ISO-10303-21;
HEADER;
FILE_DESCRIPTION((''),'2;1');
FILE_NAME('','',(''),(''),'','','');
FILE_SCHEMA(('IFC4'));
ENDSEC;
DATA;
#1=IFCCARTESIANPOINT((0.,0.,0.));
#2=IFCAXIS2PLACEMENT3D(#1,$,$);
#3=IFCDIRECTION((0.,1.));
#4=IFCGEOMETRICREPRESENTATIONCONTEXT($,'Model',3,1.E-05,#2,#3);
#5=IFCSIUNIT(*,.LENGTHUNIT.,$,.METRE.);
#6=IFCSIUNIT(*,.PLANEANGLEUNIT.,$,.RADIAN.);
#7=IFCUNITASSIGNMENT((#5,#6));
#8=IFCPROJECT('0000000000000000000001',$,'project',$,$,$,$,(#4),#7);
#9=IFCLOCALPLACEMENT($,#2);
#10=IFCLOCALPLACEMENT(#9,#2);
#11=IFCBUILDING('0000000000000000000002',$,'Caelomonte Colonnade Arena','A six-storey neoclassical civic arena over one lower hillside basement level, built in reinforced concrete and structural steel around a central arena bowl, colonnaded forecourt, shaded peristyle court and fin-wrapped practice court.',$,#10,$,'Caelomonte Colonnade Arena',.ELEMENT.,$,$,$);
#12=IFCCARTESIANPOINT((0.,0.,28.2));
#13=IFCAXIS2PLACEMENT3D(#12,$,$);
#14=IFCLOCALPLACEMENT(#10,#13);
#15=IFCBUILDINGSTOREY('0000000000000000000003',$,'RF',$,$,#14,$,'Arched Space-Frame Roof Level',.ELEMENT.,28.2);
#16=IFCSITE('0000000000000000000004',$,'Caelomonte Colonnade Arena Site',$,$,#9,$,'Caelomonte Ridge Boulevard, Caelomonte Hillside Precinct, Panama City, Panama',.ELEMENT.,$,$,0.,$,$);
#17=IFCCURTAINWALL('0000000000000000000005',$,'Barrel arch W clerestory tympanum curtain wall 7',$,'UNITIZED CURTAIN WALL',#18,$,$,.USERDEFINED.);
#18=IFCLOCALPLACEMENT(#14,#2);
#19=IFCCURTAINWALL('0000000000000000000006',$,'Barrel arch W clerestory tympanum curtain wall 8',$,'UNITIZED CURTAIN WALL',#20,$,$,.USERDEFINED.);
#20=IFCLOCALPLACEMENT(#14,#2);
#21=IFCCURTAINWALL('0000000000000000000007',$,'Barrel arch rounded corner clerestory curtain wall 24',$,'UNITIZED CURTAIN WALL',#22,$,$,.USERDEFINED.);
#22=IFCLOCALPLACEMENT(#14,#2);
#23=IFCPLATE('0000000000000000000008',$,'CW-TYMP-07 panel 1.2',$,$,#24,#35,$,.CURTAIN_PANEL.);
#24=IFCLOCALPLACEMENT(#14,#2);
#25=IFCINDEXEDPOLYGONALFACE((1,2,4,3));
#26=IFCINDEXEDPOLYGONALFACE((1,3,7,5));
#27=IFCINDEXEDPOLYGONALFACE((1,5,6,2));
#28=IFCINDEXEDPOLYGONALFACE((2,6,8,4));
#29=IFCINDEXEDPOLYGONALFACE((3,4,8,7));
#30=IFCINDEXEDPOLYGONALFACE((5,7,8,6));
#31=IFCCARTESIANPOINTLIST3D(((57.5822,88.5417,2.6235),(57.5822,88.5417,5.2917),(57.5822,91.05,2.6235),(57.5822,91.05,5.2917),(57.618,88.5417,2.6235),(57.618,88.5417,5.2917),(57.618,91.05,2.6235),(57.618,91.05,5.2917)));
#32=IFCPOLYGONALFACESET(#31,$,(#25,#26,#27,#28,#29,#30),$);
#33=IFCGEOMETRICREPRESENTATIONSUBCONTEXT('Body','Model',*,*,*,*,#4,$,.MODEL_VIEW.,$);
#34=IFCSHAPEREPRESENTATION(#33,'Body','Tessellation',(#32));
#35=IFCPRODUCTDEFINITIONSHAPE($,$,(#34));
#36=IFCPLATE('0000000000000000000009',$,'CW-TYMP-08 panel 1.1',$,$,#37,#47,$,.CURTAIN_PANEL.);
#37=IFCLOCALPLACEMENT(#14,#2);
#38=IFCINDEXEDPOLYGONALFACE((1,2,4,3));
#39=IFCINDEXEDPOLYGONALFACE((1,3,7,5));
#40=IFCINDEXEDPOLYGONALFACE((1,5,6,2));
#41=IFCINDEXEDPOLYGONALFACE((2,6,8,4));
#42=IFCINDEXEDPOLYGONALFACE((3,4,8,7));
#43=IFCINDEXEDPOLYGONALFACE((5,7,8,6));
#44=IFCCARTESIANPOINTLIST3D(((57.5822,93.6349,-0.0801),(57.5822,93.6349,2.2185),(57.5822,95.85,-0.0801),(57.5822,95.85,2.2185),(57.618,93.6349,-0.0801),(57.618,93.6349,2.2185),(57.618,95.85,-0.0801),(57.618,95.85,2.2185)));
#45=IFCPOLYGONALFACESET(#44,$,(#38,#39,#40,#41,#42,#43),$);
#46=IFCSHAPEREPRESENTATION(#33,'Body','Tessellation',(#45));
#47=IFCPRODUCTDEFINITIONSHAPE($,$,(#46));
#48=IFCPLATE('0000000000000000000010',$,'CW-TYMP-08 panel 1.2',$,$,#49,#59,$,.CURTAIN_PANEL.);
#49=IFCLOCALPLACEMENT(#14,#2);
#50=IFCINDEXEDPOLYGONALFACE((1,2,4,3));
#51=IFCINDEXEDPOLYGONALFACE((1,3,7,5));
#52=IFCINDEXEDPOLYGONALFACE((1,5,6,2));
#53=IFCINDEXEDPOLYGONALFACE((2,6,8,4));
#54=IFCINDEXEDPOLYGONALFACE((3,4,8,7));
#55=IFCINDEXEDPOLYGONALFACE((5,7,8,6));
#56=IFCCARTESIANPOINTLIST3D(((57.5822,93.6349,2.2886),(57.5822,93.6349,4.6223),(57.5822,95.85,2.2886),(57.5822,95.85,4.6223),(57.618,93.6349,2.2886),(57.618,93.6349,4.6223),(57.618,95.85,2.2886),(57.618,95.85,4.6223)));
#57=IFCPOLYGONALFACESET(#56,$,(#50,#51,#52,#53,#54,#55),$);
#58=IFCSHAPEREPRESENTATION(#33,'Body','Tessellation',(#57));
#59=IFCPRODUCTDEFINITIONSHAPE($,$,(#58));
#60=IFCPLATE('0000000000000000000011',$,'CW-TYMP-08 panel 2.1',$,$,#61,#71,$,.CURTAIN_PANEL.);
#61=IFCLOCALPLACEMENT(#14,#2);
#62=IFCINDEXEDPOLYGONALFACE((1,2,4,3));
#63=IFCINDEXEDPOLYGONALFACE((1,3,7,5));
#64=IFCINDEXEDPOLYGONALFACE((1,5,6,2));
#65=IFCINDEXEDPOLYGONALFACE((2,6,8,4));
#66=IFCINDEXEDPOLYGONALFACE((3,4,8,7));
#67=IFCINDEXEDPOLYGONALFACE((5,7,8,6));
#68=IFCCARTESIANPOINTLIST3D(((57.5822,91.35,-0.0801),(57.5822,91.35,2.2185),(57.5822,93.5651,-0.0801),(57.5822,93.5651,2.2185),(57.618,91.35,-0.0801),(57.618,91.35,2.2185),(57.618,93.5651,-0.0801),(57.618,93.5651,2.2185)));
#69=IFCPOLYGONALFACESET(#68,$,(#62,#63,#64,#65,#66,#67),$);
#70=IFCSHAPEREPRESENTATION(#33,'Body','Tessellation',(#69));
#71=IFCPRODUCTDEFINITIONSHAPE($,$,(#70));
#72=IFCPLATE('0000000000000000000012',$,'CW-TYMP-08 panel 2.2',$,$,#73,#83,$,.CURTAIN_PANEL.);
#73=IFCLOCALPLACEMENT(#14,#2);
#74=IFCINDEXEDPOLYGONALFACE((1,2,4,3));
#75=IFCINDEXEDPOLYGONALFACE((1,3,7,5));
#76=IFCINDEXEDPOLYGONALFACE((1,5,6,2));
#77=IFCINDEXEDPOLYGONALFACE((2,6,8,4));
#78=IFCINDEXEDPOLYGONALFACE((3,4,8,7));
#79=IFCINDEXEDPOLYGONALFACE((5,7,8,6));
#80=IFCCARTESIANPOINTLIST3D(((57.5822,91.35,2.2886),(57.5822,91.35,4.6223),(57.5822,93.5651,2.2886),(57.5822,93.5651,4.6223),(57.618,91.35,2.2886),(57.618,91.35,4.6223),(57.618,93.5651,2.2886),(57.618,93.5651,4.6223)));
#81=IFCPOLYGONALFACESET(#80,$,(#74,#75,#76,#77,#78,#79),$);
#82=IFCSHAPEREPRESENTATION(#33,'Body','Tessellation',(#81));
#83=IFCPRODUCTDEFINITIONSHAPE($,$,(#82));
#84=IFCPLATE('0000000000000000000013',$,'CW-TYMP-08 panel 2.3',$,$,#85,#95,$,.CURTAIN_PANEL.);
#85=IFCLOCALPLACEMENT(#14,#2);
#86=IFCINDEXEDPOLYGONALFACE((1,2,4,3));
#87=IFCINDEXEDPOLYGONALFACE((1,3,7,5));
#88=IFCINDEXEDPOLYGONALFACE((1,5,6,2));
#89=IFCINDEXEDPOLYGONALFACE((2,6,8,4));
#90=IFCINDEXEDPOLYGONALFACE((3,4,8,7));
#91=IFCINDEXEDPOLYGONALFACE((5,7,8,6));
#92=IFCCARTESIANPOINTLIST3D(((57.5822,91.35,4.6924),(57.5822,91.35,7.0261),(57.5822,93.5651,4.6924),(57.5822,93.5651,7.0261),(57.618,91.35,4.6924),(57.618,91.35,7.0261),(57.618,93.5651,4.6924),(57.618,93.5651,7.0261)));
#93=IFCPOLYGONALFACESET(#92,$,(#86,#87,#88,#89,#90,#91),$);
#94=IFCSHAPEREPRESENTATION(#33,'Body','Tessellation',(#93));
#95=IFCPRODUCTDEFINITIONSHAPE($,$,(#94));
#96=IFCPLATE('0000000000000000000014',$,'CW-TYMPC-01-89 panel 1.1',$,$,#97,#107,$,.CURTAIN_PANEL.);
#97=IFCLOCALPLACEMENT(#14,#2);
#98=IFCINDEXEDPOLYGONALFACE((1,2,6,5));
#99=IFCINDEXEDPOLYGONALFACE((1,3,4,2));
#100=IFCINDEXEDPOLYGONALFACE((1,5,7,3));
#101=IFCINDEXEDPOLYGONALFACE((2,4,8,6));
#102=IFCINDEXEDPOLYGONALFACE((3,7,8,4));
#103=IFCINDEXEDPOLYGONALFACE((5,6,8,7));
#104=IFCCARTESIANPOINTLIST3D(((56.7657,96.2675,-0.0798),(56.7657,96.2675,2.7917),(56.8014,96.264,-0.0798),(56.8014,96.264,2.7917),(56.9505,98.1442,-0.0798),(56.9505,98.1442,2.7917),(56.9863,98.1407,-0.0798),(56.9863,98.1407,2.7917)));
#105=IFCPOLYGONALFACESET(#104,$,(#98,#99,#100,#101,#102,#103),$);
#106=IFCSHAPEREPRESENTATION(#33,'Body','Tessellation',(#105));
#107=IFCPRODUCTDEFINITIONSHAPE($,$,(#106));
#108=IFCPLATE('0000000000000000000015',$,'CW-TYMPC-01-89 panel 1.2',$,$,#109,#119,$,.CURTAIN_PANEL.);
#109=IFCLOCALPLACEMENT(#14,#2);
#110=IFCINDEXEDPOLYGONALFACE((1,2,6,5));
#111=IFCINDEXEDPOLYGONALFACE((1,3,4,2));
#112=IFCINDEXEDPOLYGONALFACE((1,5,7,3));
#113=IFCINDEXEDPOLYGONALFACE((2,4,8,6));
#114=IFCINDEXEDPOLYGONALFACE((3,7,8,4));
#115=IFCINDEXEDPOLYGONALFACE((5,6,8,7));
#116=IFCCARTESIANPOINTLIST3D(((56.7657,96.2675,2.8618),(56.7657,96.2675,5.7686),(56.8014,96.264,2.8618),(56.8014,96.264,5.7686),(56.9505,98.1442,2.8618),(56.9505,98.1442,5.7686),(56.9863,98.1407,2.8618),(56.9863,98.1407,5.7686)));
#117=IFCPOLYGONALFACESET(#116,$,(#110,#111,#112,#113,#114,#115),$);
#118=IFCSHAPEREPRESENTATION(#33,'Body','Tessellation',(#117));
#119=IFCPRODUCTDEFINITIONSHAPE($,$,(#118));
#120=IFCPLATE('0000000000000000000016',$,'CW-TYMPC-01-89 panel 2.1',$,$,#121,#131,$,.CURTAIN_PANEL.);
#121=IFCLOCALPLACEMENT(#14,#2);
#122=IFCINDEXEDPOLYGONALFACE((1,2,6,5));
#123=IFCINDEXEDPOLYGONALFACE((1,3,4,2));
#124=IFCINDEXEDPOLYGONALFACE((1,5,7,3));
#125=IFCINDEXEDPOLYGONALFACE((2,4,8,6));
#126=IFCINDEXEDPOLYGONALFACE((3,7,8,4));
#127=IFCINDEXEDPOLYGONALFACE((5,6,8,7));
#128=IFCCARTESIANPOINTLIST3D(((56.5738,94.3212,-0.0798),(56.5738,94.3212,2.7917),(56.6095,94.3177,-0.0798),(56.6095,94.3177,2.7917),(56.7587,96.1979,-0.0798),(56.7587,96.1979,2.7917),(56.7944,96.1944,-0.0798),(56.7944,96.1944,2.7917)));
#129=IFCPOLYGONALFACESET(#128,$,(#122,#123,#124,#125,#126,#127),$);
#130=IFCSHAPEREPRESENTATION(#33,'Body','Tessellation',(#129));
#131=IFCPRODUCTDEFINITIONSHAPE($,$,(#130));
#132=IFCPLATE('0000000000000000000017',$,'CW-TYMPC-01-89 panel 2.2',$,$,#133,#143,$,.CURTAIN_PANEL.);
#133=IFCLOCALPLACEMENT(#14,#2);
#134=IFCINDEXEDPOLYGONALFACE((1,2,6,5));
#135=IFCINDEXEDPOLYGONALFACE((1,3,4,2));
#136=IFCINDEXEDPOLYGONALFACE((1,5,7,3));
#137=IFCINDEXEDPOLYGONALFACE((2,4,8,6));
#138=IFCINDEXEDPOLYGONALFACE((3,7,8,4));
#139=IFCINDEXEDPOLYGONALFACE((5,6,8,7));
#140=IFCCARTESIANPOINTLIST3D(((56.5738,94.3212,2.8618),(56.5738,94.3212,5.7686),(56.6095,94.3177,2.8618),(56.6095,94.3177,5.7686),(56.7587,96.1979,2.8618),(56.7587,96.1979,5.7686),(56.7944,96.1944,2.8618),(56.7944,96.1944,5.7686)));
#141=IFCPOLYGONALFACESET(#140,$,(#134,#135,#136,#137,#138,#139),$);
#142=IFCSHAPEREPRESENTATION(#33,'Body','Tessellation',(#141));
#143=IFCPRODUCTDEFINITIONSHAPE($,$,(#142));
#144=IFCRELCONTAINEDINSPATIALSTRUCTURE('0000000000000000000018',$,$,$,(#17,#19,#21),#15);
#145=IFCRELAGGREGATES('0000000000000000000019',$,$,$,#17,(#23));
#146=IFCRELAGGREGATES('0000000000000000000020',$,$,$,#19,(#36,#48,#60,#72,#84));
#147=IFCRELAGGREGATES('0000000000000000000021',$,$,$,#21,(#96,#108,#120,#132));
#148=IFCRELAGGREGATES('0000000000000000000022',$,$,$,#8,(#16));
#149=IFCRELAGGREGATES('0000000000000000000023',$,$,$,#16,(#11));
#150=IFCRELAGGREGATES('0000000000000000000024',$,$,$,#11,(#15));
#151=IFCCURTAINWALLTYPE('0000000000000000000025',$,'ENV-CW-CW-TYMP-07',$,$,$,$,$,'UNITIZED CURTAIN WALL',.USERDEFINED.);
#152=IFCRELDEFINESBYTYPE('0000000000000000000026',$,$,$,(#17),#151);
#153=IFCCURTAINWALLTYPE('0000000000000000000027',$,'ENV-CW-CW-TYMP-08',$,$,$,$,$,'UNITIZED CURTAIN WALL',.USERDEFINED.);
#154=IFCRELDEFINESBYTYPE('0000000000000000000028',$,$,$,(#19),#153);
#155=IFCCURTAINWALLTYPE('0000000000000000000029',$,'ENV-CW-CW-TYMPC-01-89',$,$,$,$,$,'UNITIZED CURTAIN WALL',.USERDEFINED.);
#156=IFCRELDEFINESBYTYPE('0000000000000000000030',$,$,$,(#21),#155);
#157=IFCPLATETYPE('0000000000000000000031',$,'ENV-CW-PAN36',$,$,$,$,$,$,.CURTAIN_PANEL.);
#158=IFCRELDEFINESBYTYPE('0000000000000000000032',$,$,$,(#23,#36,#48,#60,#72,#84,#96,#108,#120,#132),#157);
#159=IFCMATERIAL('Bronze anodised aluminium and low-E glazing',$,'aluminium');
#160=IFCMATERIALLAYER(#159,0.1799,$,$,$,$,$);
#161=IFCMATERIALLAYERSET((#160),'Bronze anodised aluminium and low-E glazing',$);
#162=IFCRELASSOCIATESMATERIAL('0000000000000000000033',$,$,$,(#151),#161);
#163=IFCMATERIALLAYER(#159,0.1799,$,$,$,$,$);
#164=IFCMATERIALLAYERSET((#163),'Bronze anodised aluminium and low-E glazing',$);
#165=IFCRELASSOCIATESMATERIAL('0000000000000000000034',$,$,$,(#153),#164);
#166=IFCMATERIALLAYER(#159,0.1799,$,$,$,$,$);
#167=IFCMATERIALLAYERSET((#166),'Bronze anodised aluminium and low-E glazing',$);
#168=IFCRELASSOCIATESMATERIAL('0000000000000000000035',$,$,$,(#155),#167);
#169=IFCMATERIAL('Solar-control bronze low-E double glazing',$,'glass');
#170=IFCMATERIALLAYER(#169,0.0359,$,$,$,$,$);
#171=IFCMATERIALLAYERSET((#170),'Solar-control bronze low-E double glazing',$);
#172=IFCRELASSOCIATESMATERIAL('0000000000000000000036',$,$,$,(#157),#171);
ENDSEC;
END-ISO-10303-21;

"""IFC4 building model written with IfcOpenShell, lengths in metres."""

from ifc_helpers import new_model, si_unit, direction, frame, origin, origin_2d, place, context, subcontext, project, spatial, rectangle, extrude, material, layer, layer_set, type_object, element, aggregate, save


model = new_model("IFC4")

# Units and contexts
model_context = context("Model", 3, precision=1e-05, world=origin(), true_north=direction((0.0, 1.0)))
body_context = subcontext(model_context, "Body", "Model", "MODEL_VIEW")
ifc_project = project(units=[si_unit("LENGTHUNIT", "METRE"), si_unit("PLANEANGLEUNIT", "RADIAN")], contexts=[model_context])

# Site, building, storey
site_placement = place(None, origin())
site = spatial("IfcSite", under=ifc_project, at=site_placement, Name="Caelomonte Colonnade Arena Site", LongName="Caelomonte Ridge Boulevard, Caelomonte Hillside Precinct, Panama City, Panama", CompositionType="ELEMENT", RefElevation=0.0)
building_placement = place(site_placement, origin())
building = spatial("IfcBuilding", under=site, at=building_placement, Name="Caelomonte Colonnade Arena", Description="A six-storey neoclassical civic arena over one lower hillside basement level, built in reinforced concrete and structural steel around a central arena bowl, colonnaded forecourt, shaded peristyle court and fin-wrapped practice court.", LongName="Caelomonte Colonnade Arena", CompositionType="ELEMENT")
storey_placement = place(building_placement, frame((0.0, 0.0, 28.2)))
storey = spatial("IfcBuildingStorey", under=building, at=storey_placement, Name="RF", LongName="Arched Space-Frame Roof Level", CompositionType="ELEMENT", Elevation=28.2)

# Curtain walls
ifc_material_1 = material(Name="Bronze anodised aluminium and low-E glazing", Category="aluminium")
ifc_layer_1 = layer(ifc_material_1, 0.1799)
ifc_layer_set_1 = layer_set([ifc_layer_1], Name="Bronze anodised aluminium and low-E glazing")
curtain_wall_type_1 = type_object("IfcCurtainWallType", Name="ENV-CW-CW-TYMP-07", ElementType="UNITIZED CURTAIN WALL", PredefinedType="USERDEFINED", material=ifc_layer_set_1)
curtain_wall_1_placement = place(storey_placement, origin())
curtain_wall_1 = element("IfcCurtainWall", 1, at=curtain_wall_1_placement, inside=storey, type_object=curtain_wall_type_1, Name="Barrel arch W clerestory tympanum curtain wall 7", ObjectType="UNITIZED CURTAIN WALL", PredefinedType="USERDEFINED")
ifc_layer_2 = layer(ifc_material_1, 0.1799)
ifc_layer_set_2 = layer_set([ifc_layer_2], Name="Bronze anodised aluminium and low-E glazing")
curtain_wall_type_2 = type_object("IfcCurtainWallType", Name="ENV-CW-CW-TYMP-08", ElementType="UNITIZED CURTAIN WALL", PredefinedType="USERDEFINED", material=ifc_layer_set_2)
curtain_wall_2_placement = place(storey_placement, origin())
curtain_wall_2 = element("IfcCurtainWall", 2, at=curtain_wall_2_placement, inside=storey, type_object=curtain_wall_type_2, Name="Barrel arch W clerestory tympanum curtain wall 8", ObjectType="UNITIZED CURTAIN WALL", PredefinedType="USERDEFINED")

# Curtain wall
ifc_layer_3 = layer(ifc_material_1, 0.1799)
ifc_layer_set_3 = layer_set([ifc_layer_3], Name="Bronze anodised aluminium and low-E glazing")
curtain_wall_type_3 = type_object("IfcCurtainWallType", Name="ENV-CW-CW-TYMPC-01-89", ElementType="UNITIZED CURTAIN WALL", PredefinedType="USERDEFINED", material=ifc_layer_set_3)
curtain_wall_3_placement = place(storey_placement, origin())
curtain_wall_3 = element("IfcCurtainWall", 3, at=curtain_wall_3_placement, inside=storey, type_object=curtain_wall_type_3, Name="Barrel arch rounded corner clerestory curtain wall 24", ObjectType="UNITIZED CURTAIN WALL", PredefinedType="USERDEFINED")

# Plates
ifc_material_2 = material(Name="Solar-control bronze low-E double glazing", Category="glass")
ifc_layer_4 = layer(ifc_material_2, 0.0359)
ifc_layer_set_4 = layer_set([ifc_layer_4], Name="Solar-control bronze low-E double glazing")
plate_type = type_object("IfcPlateType", Name="ENV-CW-PAN36", PredefinedType="CURTAIN_PANEL", material=ifc_layer_set_4)
plate_1_placement = place(storey_placement, frame((57.6001, 89.7959, 2.6235), z_axis=(0.0, 0.0, 1.0), x_axis=(0.0, -1.0, 0.0)))
plate_1 = element("IfcPlate", 4, at=plate_1_placement, type_object=plate_type, Name="CW-TYMP-07 panel 1.2", PredefinedType="CURTAIN_PANEL", context=body_context, shape_type="SweptSolid", body=[
    extrude(rectangle(XDim=2.5083, YDim=0.0359, at=origin_2d()), origin(), (0.0, 0.0, 1.0), 2.6682),
])
aggregate(curtain_wall_1, [plate_1])
plate_2_placement = place(storey_placement, frame((57.6001, 94.7424, -0.0801), z_axis=(0.0, 0.0, 1.0), x_axis=(0.0, -1.0, 0.0)))
plate_2 = element("IfcPlate", 5, at=plate_2_placement, type_object=plate_type, Name="CW-TYMP-08 panel 1.1", PredefinedType="CURTAIN_PANEL", context=body_context, shape_type="SweptSolid", body=[
    extrude(rectangle(XDim=2.2151, YDim=0.0359, at=origin_2d()), origin(), (0.0, 0.0, 1.0), 2.2986),
])
plate_3_placement = place(storey_placement, frame((57.6001, 94.7424, 2.2886), z_axis=(0.0, 0.0, 1.0), x_axis=(0.0, -1.0, 0.0)))
plate_3 = element("IfcPlate", 6, at=plate_3_placement, type_object=plate_type, Name="CW-TYMP-08 panel 1.2", PredefinedType="CURTAIN_PANEL", context=body_context, shape_type="SweptSolid", body=[
    extrude(rectangle(XDim=2.2151, YDim=0.0359, at=origin_2d()), origin(), (0.0, 0.0, 1.0), 2.3337),
])
plate_4_placement = place(storey_placement, frame((57.6001, 92.4575, -0.0801), z_axis=(0.0, 0.0, 1.0), x_axis=(0.0, -1.0, 0.0)))
plate_4 = element("IfcPlate", 7, at=plate_4_placement, type_object=plate_type, Name="CW-TYMP-08 panel 2.1", PredefinedType="CURTAIN_PANEL", context=body_context, shape_type="SweptSolid", body=[
    extrude(rectangle(XDim=2.2151, YDim=0.0359, at=origin_2d()), origin(), (0.0, 0.0, 1.0), 2.2986),
])
plate_5_placement = place(storey_placement, frame((57.6001, 92.4575, 2.2886), z_axis=(0.0, 0.0, 1.0), x_axis=(0.0, -1.0, 0.0)))
plate_5 = element("IfcPlate", 8, at=plate_5_placement, type_object=plate_type, Name="CW-TYMP-08 panel 2.2", PredefinedType="CURTAIN_PANEL", context=body_context, shape_type="SweptSolid", body=[
    extrude(rectangle(XDim=2.2151, YDim=0.0359, at=origin_2d()), origin(), (0.0, 0.0, 1.0), 2.3337),
])
plate_6_placement = place(storey_placement, frame((57.6001, 92.4575, 4.6924), z_axis=(0.0, 0.0, 1.0), x_axis=(0.0, -1.0, 0.0)))
plate_6 = element("IfcPlate", 9, at=plate_6_placement, type_object=plate_type, Name="CW-TYMP-08 panel 2.3", PredefinedType="CURTAIN_PANEL", context=body_context, shape_type="SweptSolid", body=[
    extrude(rectangle(XDim=2.2151, YDim=0.0359, at=origin_2d()), origin(), (0.0, 0.0, 1.0), 2.3337),
])
aggregate(curtain_wall_2, [plate_2, plate_3, plate_4, plate_5, plate_6])
plate_7_placement = place(storey_placement, frame((56.876, 97.2041, -0.0798), z_axis=(0.0, 0.0, 1.0), x_axis=(-0.098031, -0.995183, 0.0)))
plate_7 = element("IfcPlate", 10, at=plate_7_placement, type_object=plate_type, Name="CW-TYMPC-01-89 panel 1.1", PredefinedType="CURTAIN_PANEL", context=body_context, shape_type="SweptSolid", body=[
    extrude(rectangle(XDim=1.8857, YDim=0.0359, at=origin_2d()), origin(), (0.0, 0.0, 1.0), 2.8716),
])
plate_8_placement = place(storey_placement, frame((56.876, 97.2041, 2.8618), z_axis=(0.0, 0.0, 1.0), x_axis=(-0.098031, -0.995183, 0.0)))
plate_8 = element("IfcPlate", 11, at=plate_8_placement, type_object=plate_type, Name="CW-TYMPC-01-89 panel 1.2", PredefinedType="CURTAIN_PANEL", context=body_context, shape_type="SweptSolid", body=[
    extrude(rectangle(XDim=1.8857, YDim=0.0359, at=origin_2d()), origin(), (0.0, 0.0, 1.0), 2.9067),
])
plate_9_placement = place(storey_placement, frame((56.6841, 95.2578, -0.0798), z_axis=(0.0, 0.0, 1.0), x_axis=(-0.098031, -0.995183, 0.0)))
plate_9 = element("IfcPlate", 12, at=plate_9_placement, type_object=plate_type, Name="CW-TYMPC-01-89 panel 2.1", PredefinedType="CURTAIN_PANEL", context=body_context, shape_type="SweptSolid", body=[
    extrude(rectangle(XDim=1.8857, YDim=0.0359, at=origin_2d()), origin(), (0.0, 0.0, 1.0), 2.8716),
])
plate_10_placement = place(storey_placement, frame((56.6841, 95.2578, 2.8618), z_axis=(0.0, 0.0, 1.0), x_axis=(-0.098031, -0.995183, 0.0)))
plate_10 = element("IfcPlate", 13, at=plate_10_placement, type_object=plate_type, Name="CW-TYMPC-01-89 panel 2.2", PredefinedType="CURTAIN_PANEL", context=body_context, shape_type="SweptSolid", body=[
    extrude(rectangle(XDim=1.8857, YDim=0.0359, at=origin_2d()), origin(), (0.0, 0.0, 1.0), 2.9067),
])
aggregate(curtain_wall_3, [plate_7, plate_8, plate_9, plate_10])

save(model, "model.ifc")
